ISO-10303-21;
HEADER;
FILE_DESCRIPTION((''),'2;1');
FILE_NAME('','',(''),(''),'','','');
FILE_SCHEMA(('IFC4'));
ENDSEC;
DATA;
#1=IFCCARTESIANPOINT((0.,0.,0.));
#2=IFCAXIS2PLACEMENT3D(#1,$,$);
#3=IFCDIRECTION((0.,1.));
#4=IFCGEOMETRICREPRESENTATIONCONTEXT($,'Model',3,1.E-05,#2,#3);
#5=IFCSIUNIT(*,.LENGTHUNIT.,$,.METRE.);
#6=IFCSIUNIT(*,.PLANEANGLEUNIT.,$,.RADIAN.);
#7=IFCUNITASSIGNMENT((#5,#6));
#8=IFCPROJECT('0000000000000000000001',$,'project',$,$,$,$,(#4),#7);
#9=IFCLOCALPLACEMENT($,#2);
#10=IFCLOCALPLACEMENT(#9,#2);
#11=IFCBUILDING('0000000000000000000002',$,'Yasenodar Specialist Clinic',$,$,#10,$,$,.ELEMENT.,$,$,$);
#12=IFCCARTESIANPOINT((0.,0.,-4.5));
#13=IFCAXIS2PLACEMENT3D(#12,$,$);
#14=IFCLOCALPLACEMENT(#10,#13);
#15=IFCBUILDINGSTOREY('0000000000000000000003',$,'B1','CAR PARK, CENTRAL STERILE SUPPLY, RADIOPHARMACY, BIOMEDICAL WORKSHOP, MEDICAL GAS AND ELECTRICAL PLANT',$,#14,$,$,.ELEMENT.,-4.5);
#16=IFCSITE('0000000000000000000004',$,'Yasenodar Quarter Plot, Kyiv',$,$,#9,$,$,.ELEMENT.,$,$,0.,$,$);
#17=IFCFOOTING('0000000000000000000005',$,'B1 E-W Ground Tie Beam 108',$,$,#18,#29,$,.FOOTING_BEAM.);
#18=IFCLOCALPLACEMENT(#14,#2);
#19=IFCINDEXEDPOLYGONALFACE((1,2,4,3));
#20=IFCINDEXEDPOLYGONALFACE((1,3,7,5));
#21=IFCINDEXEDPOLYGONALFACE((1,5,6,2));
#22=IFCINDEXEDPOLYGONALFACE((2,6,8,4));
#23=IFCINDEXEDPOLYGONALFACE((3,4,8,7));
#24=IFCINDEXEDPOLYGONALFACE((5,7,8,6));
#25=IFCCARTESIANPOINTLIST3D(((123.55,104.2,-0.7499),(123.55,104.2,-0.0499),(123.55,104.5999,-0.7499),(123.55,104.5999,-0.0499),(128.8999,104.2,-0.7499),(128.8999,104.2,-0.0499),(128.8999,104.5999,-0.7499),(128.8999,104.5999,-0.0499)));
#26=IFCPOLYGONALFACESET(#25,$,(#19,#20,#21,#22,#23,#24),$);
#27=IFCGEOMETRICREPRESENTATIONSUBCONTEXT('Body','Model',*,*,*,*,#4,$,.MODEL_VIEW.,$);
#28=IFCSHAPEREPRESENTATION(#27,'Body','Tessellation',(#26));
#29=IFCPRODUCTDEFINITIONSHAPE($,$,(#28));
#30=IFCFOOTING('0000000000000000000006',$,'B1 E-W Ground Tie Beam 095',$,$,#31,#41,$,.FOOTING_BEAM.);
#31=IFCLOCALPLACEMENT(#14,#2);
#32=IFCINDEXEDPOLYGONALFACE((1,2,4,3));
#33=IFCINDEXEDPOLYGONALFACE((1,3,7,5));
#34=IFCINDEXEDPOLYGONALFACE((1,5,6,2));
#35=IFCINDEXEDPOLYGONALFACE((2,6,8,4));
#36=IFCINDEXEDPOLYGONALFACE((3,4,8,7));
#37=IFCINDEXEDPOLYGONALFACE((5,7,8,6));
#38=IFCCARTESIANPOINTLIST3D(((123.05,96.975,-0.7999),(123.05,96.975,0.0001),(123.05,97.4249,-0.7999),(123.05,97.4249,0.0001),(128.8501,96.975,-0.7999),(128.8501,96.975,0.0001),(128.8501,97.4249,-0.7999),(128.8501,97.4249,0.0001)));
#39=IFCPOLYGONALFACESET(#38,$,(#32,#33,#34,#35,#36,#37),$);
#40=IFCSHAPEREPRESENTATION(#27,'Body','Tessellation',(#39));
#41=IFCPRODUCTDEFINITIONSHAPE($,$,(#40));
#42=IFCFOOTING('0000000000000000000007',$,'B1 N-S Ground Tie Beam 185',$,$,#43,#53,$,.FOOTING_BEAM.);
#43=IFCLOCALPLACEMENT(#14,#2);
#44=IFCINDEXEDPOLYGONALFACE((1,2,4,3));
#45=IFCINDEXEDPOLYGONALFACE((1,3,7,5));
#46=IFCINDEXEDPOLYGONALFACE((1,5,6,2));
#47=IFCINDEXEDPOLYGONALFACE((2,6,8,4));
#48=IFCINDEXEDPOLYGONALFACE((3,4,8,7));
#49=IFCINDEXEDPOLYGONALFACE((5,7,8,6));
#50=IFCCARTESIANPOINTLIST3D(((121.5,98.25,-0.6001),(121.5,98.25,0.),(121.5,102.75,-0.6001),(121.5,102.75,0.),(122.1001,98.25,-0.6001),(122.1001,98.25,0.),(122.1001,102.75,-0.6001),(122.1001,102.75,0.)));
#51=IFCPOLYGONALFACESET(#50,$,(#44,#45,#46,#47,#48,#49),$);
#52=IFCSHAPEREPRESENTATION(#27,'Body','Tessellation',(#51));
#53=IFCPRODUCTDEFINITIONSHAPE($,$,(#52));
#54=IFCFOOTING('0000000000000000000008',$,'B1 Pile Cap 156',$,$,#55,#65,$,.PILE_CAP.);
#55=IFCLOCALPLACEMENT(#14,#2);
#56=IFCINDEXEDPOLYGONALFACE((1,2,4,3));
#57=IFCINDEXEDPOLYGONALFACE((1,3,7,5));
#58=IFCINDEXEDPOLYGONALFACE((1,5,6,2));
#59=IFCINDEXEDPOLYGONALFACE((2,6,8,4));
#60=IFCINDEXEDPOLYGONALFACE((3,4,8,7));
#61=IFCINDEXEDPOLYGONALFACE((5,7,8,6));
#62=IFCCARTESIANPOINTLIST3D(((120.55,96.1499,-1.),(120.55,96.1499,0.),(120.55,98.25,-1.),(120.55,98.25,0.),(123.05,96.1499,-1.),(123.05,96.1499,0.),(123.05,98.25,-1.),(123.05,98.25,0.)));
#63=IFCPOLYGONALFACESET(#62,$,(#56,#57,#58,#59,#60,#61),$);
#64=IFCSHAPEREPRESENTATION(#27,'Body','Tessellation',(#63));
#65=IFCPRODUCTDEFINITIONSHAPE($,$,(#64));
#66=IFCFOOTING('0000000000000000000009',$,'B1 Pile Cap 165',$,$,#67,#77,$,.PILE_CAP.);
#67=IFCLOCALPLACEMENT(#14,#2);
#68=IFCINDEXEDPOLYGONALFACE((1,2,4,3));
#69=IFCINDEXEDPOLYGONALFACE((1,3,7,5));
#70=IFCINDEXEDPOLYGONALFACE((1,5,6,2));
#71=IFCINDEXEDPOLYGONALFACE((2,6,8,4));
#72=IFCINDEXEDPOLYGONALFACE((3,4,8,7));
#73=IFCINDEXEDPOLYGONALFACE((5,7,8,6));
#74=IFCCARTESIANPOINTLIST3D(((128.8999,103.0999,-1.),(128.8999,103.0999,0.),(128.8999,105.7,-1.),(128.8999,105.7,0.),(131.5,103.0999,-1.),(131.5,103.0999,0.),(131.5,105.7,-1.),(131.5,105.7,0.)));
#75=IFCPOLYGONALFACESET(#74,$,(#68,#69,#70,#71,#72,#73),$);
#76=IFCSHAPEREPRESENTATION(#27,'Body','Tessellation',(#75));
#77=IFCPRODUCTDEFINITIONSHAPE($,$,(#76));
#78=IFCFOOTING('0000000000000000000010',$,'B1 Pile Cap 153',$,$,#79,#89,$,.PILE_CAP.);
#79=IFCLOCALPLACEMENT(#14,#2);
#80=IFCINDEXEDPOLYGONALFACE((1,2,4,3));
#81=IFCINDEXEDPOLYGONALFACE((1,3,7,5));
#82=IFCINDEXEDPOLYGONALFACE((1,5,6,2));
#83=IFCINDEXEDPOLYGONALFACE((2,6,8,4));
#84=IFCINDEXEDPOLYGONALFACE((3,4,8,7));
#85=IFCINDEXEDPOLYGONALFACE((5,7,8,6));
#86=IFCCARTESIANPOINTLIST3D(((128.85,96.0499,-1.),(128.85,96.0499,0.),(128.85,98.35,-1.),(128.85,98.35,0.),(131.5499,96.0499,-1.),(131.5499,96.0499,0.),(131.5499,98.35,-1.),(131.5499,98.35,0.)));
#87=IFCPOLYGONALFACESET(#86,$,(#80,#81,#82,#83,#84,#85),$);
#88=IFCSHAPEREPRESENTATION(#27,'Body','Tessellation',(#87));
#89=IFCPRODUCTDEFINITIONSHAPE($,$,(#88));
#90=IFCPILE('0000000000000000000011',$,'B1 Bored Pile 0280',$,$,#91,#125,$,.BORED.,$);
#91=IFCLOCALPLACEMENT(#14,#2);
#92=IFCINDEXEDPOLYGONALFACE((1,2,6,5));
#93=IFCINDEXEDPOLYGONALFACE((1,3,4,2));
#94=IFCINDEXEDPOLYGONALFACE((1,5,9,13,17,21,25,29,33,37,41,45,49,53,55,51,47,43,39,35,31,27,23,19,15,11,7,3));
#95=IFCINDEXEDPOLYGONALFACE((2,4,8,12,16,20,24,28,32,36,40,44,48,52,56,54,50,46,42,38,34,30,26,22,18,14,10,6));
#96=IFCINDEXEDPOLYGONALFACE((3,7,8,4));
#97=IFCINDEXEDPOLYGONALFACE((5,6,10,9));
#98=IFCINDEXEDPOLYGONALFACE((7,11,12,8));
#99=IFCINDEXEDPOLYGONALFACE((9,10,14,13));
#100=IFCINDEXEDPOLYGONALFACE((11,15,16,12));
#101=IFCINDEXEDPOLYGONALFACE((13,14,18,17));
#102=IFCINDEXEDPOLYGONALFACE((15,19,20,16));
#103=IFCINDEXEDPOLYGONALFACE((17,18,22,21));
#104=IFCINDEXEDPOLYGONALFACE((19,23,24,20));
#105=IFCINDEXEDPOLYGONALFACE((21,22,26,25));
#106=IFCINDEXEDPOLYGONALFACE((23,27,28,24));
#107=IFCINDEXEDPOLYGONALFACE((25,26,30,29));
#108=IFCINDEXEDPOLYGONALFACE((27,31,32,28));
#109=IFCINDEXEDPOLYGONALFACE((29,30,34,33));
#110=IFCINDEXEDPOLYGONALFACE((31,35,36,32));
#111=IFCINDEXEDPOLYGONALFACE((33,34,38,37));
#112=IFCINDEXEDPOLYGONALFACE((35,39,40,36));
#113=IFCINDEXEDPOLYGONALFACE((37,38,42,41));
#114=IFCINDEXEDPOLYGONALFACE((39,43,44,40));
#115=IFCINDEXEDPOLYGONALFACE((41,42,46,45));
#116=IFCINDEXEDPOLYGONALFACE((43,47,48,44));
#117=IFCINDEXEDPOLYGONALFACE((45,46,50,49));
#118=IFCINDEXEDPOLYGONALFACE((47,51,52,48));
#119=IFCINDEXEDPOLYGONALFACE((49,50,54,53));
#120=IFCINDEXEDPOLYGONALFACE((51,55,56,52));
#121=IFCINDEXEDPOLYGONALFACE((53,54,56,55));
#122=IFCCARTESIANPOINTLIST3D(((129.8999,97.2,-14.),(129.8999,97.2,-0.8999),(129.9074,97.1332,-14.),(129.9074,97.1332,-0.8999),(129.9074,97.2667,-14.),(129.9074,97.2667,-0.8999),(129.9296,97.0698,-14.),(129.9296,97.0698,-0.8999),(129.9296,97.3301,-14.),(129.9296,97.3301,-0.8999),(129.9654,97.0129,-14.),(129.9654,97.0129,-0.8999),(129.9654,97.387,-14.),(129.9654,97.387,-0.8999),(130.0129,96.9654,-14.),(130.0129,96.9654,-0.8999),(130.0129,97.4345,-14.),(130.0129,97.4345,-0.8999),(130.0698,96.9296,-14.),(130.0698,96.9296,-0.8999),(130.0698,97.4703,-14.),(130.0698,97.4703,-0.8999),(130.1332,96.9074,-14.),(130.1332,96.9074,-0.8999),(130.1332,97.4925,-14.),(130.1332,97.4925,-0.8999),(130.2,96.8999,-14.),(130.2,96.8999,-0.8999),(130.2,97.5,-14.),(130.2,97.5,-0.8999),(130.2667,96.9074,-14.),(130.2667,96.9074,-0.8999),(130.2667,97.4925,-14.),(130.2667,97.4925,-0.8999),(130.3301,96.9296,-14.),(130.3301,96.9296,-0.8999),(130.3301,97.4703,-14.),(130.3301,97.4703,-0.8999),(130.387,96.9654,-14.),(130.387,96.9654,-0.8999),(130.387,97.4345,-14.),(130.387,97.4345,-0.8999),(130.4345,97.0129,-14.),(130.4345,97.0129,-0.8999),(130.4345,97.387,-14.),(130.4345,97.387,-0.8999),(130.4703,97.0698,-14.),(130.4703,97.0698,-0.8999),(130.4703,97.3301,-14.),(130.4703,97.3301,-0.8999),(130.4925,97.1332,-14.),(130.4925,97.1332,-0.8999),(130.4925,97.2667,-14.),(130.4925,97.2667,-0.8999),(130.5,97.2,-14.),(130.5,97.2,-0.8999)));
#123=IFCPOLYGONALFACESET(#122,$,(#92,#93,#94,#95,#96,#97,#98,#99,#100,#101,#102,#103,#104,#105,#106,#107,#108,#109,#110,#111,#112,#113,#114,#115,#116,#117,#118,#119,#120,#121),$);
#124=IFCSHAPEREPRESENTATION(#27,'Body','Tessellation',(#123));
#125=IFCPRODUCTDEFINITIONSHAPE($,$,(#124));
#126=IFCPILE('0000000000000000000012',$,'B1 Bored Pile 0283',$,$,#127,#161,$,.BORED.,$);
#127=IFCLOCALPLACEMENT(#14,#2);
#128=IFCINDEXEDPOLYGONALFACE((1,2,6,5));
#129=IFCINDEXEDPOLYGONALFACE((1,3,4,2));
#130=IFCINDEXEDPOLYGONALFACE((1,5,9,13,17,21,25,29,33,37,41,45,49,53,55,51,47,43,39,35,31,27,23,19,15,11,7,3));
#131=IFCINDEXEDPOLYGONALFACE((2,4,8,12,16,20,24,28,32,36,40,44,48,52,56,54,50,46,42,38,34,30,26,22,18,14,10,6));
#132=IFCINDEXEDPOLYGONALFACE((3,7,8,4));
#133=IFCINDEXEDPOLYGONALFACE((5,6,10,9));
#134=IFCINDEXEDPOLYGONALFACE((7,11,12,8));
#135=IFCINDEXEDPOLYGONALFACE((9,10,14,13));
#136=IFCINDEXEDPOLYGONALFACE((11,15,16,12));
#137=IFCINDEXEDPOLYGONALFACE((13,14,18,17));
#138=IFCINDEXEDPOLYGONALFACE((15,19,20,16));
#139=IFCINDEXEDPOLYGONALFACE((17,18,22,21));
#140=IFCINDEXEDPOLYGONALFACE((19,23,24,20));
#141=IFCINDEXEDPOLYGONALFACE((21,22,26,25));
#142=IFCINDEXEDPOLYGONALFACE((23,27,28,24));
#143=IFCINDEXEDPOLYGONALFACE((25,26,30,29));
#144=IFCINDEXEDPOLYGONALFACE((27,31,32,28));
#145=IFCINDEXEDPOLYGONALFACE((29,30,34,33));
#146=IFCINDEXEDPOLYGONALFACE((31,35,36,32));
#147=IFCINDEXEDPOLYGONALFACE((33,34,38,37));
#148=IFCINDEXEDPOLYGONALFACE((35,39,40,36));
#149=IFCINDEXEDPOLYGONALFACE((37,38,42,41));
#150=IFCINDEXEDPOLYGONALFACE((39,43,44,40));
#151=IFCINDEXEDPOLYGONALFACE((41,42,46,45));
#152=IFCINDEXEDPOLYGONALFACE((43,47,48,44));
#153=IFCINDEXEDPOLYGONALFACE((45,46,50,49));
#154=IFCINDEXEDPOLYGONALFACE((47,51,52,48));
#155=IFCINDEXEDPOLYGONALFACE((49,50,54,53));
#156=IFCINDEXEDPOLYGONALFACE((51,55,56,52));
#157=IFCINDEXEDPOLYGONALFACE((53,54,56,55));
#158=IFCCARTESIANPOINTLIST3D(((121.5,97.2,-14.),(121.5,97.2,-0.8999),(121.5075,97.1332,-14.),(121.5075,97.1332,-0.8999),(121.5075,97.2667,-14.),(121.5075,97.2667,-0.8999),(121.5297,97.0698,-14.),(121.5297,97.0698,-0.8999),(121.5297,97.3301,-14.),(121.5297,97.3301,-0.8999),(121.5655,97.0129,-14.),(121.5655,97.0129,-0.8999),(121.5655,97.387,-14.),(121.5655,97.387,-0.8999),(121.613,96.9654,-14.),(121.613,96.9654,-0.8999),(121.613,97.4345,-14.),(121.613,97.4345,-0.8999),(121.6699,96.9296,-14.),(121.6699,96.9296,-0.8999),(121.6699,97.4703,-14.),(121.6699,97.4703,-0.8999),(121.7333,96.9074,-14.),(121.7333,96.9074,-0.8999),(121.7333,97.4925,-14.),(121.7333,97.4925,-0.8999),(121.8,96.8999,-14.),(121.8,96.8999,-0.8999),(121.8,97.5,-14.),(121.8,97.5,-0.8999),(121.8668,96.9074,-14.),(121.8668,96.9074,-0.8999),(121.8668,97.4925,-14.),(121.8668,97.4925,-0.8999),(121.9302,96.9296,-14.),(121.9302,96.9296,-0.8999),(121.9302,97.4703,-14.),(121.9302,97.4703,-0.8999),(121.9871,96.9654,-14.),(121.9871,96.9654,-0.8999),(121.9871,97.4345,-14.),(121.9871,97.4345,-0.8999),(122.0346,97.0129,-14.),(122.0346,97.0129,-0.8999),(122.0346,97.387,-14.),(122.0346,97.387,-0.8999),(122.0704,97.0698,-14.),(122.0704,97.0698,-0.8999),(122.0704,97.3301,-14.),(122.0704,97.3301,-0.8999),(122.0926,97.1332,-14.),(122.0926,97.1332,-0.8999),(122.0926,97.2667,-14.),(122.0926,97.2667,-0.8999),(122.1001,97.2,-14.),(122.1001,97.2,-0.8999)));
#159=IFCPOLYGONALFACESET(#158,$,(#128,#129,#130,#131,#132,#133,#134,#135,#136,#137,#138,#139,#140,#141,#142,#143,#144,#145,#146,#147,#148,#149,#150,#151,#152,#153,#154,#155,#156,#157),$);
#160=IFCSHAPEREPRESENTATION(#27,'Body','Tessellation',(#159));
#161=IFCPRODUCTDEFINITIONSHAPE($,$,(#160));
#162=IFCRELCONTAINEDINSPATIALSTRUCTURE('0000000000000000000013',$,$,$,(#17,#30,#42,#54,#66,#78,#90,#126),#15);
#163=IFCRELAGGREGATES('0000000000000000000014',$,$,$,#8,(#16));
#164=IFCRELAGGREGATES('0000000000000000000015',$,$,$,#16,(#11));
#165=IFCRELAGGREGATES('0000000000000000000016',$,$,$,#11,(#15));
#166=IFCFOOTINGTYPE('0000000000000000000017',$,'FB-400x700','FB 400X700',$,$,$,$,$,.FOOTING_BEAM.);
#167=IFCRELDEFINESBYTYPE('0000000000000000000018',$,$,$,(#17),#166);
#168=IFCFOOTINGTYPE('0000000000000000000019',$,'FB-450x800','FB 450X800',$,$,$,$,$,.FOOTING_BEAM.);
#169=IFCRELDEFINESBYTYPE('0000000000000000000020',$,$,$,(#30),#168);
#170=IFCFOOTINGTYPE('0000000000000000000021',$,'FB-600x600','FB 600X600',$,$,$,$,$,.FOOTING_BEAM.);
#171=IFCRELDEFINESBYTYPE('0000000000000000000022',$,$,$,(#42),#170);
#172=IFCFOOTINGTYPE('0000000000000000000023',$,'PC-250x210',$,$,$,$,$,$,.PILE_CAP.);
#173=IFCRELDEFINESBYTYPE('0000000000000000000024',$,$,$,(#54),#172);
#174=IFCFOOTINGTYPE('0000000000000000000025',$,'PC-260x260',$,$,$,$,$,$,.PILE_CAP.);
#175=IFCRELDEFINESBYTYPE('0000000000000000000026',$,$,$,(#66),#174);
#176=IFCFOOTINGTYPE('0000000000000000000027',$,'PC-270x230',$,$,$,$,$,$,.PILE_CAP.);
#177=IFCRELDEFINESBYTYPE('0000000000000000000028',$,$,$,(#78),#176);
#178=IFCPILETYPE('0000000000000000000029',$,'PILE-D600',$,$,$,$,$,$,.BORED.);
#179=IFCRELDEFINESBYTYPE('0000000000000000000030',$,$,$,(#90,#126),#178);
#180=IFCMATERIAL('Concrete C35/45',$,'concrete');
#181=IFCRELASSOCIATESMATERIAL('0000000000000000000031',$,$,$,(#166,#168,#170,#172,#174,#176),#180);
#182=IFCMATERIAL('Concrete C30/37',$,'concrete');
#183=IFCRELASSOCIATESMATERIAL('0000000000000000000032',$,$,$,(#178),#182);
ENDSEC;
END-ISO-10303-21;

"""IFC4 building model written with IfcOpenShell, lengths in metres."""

from ifc_helpers import new_model, si_unit, direction, frame, origin, origin_2d, place, context, subcontext, project, spatial, rectangle, circle, extrude, material, material_profile, profile_set, type_object, element, save


model = new_model("IFC4")

# Units and contexts
model_context = context("Model", 3, precision=1e-05, world=origin(), true_north=direction((0.0, 1.0)))
body_context = subcontext(model_context, "Body", "Model", "MODEL_VIEW")
ifc_project = project(units=[si_unit("LENGTHUNIT", "METRE"), si_unit("PLANEANGLEUNIT", "RADIAN")], contexts=[model_context])

# Site, building, storey
site_placement = place(None, origin())
site = spatial("IfcSite", under=ifc_project, at=site_placement, Name="Yasenodar Quarter Plot, Kyiv", CompositionType="ELEMENT", RefElevation=0.0)
building_placement = place(site_placement, origin())
building = spatial("IfcBuilding", under=site, at=building_placement, Name="Yasenodar Specialist Clinic", CompositionType="ELEMENT")
storey_placement = place(building_placement, frame((0.0, 0.0, -4.5)))
storey = spatial("IfcBuildingStorey", under=building, at=storey_placement, Name="B1", Description="CAR PARK, CENTRAL STERILE SUPPLY, RADIOPHARMACY, BIOMEDICAL WORKSHOP, MEDICAL GAS AND ELECTRICAL PLANT", CompositionType="ELEMENT", Elevation=-4.5)

# Footings
ifc_material_1 = material(Name="Concrete C35/45", Category="concrete")
ifc_material_profile_1 = material_profile(ifc_material_1, rectangle(XDim=0.3999, YDim=0.7, at=origin_2d()), Name="RC 400x700")
ifc_profile_set_1 = profile_set([ifc_material_profile_1], Name="Concrete C35/45")
footing_type_1 = type_object("IfcFootingType", Name="FB-400x700", Description="FB 400X700", PredefinedType="FOOTING_BEAM", material=ifc_profile_set_1)
footing_1_placement = place(storey_placement, frame((123.55, 104.3999, -0.3999), z_axis=(1.0, 0.0, 0.0), x_axis=(0.0, 1.0, 0.0)))
element("IfcFooting", 1, at=footing_1_placement, inside=storey, type_object=footing_type_1, Name="B1 E-W Ground Tie Beam 108", PredefinedType="FOOTING_BEAM", context=body_context, shape_type="SweptSolid", body=[
    extrude(rectangle(XDim=0.3999, YDim=0.7, at=origin_2d()), origin(), (0.0, 0.0, 1.0), 5.3499),
])
ifc_material_profile_2 = material_profile(ifc_material_1, rectangle(XDim=0.45, YDim=0.8, at=origin_2d()), Name="RC 450x800")
ifc_profile_set_2 = profile_set([ifc_material_profile_2], Name="Concrete C35/45")
footing_type_2 = type_object("IfcFootingType", Name="FB-450x800", Description="FB 450X800", PredefinedType="FOOTING_BEAM", material=ifc_profile_set_2)
footing_2_placement = place(storey_placement, frame((123.05, 97.2, -0.3999), z_axis=(1.0, 0.0, 0.0), x_axis=(0.0, 1.0, 0.0)))
element("IfcFooting", 2, at=footing_2_placement, inside=storey, type_object=footing_type_2, Name="B1 E-W Ground Tie Beam 095", PredefinedType="FOOTING_BEAM", context=body_context, shape_type="SweptSolid", body=[
    extrude(rectangle(XDim=0.45, YDim=0.8, at=origin_2d()), origin(), (0.0, 0.0, 1.0), 5.8),
])
ifc_material_profile_3 = material_profile(ifc_material_1, rectangle(XDim=0.6001, YDim=0.6001, at=origin_2d()), Name="RC 600x600")
ifc_profile_set_3 = profile_set([ifc_material_profile_3], Name="Concrete C35/45")
footing_type_3 = type_object("IfcFootingType", Name="FB-600x600", Description="FB 600X600", PredefinedType="FOOTING_BEAM", material=ifc_profile_set_3)
footing_3_placement = place(storey_placement, frame((121.8, 98.25, -0.3), z_axis=(0.0, 1.0, 0.0), x_axis=(-1.0, 0.0, 0.0)))
element("IfcFooting", 3, at=footing_3_placement, inside=storey, type_object=footing_type_3, Name="B1 N-S Ground Tie Beam 185", PredefinedType="FOOTING_BEAM", context=body_context, shape_type="SweptSolid", body=[
    extrude(rectangle(XDim=0.6001, YDim=0.6001, at=origin_2d()), origin(), (0.0, 0.0, 1.0), 4.5),
])
footing_type_4 = type_object("IfcFootingType", Name="PC-250x210", PredefinedType="PILE_CAP", material=ifc_material_1)
footing_4_placement = place(storey_placement, frame((121.8, 97.2, -1.0), z_axis=(0.0, 0.0, 1.0), x_axis=(1.0, 0.0, 0.0)))
element("IfcFooting", 4, at=footing_4_placement, inside=storey, type_object=footing_type_4, Name="B1 Pile Cap 156", PredefinedType="PILE_CAP", context=body_context, shape_type="SweptSolid", body=[
    extrude(rectangle(XDim=2.5, YDim=2.1001, at=origin_2d()), origin(), (0.0, 0.0, 1.0), 1.0),
])
footing_type_5 = type_object("IfcFootingType", Name="PC-260x260", PredefinedType="PILE_CAP", material=ifc_material_1)
footing_5_placement = place(storey_placement, frame((130.2, 104.3999, -1.0), z_axis=(0.0, 0.0, 1.0), x_axis=(1.0, 0.0, 0.0)))
element("IfcFooting", 5, at=footing_5_placement, inside=storey, type_object=footing_type_5, Name="B1 Pile Cap 165", PredefinedType="PILE_CAP", context=body_context, shape_type="SweptSolid", body=[
    extrude(rectangle(XDim=2.6001, YDim=2.6001, at=origin_2d()), origin(), (0.0, 0.0, 1.0), 1.0),
])
footing_type_6 = type_object("IfcFootingType", Name="PC-270x230", PredefinedType="PILE_CAP", material=ifc_material_1)
footing_6_placement = place(storey_placement, frame((130.2, 97.2, -1.0), z_axis=(0.0, 0.0, 1.0), x_axis=(1.0, 0.0, 0.0)))
element("IfcFooting", 6, at=footing_6_placement, inside=storey, type_object=footing_type_6, Name="B1 Pile Cap 153", PredefinedType="PILE_CAP", context=body_context, shape_type="SweptSolid", body=[
    extrude(rectangle(XDim=2.7, YDim=2.3, at=origin_2d()), origin(), (0.0, 0.0, 1.0), 1.0),
])

# Piles
ifc_material_2 = material(Name="Concrete C30/37", Category="concrete")
ifc_material_profile_4 = material_profile(ifc_material_2, circle(Radius=0.3, at=origin_2d()), Name="PILE D600")
ifc_profile_set_4 = profile_set([ifc_material_profile_4], Name="Concrete C30/37")
pile_type_1 = type_object("IfcPileType", Name="PILE-D600", PredefinedType="BORED", material=ifc_profile_set_4)
for number, where, z_axis, x_axis, name in (
    (7, (130.2, 97.2, -0.8999), (0.0, 0.0, -1.0), (1.0, 0.0, 0.0), "B1 Bored Pile 0280"),
    (8, (121.8, 97.2, -0.8999), (0.0, 0.0, -1.0), (1.0, 0.0, 0.0), "B1 Bored Pile 0283"),
):
    element("IfcPile", number, at=place(storey_placement, frame(where, z_axis=z_axis, x_axis=x_axis)), inside=storey, type_object=pile_type_1, Name=name, PredefinedType="BORED", context=body_context, shape_type="SweptSolid", body=[
        extrude(circle(Radius=0.3, at=origin_2d()), origin(), (0.0, 0.0, 1.0), 13.1001),
    ])

save(model, "model.ifc")
